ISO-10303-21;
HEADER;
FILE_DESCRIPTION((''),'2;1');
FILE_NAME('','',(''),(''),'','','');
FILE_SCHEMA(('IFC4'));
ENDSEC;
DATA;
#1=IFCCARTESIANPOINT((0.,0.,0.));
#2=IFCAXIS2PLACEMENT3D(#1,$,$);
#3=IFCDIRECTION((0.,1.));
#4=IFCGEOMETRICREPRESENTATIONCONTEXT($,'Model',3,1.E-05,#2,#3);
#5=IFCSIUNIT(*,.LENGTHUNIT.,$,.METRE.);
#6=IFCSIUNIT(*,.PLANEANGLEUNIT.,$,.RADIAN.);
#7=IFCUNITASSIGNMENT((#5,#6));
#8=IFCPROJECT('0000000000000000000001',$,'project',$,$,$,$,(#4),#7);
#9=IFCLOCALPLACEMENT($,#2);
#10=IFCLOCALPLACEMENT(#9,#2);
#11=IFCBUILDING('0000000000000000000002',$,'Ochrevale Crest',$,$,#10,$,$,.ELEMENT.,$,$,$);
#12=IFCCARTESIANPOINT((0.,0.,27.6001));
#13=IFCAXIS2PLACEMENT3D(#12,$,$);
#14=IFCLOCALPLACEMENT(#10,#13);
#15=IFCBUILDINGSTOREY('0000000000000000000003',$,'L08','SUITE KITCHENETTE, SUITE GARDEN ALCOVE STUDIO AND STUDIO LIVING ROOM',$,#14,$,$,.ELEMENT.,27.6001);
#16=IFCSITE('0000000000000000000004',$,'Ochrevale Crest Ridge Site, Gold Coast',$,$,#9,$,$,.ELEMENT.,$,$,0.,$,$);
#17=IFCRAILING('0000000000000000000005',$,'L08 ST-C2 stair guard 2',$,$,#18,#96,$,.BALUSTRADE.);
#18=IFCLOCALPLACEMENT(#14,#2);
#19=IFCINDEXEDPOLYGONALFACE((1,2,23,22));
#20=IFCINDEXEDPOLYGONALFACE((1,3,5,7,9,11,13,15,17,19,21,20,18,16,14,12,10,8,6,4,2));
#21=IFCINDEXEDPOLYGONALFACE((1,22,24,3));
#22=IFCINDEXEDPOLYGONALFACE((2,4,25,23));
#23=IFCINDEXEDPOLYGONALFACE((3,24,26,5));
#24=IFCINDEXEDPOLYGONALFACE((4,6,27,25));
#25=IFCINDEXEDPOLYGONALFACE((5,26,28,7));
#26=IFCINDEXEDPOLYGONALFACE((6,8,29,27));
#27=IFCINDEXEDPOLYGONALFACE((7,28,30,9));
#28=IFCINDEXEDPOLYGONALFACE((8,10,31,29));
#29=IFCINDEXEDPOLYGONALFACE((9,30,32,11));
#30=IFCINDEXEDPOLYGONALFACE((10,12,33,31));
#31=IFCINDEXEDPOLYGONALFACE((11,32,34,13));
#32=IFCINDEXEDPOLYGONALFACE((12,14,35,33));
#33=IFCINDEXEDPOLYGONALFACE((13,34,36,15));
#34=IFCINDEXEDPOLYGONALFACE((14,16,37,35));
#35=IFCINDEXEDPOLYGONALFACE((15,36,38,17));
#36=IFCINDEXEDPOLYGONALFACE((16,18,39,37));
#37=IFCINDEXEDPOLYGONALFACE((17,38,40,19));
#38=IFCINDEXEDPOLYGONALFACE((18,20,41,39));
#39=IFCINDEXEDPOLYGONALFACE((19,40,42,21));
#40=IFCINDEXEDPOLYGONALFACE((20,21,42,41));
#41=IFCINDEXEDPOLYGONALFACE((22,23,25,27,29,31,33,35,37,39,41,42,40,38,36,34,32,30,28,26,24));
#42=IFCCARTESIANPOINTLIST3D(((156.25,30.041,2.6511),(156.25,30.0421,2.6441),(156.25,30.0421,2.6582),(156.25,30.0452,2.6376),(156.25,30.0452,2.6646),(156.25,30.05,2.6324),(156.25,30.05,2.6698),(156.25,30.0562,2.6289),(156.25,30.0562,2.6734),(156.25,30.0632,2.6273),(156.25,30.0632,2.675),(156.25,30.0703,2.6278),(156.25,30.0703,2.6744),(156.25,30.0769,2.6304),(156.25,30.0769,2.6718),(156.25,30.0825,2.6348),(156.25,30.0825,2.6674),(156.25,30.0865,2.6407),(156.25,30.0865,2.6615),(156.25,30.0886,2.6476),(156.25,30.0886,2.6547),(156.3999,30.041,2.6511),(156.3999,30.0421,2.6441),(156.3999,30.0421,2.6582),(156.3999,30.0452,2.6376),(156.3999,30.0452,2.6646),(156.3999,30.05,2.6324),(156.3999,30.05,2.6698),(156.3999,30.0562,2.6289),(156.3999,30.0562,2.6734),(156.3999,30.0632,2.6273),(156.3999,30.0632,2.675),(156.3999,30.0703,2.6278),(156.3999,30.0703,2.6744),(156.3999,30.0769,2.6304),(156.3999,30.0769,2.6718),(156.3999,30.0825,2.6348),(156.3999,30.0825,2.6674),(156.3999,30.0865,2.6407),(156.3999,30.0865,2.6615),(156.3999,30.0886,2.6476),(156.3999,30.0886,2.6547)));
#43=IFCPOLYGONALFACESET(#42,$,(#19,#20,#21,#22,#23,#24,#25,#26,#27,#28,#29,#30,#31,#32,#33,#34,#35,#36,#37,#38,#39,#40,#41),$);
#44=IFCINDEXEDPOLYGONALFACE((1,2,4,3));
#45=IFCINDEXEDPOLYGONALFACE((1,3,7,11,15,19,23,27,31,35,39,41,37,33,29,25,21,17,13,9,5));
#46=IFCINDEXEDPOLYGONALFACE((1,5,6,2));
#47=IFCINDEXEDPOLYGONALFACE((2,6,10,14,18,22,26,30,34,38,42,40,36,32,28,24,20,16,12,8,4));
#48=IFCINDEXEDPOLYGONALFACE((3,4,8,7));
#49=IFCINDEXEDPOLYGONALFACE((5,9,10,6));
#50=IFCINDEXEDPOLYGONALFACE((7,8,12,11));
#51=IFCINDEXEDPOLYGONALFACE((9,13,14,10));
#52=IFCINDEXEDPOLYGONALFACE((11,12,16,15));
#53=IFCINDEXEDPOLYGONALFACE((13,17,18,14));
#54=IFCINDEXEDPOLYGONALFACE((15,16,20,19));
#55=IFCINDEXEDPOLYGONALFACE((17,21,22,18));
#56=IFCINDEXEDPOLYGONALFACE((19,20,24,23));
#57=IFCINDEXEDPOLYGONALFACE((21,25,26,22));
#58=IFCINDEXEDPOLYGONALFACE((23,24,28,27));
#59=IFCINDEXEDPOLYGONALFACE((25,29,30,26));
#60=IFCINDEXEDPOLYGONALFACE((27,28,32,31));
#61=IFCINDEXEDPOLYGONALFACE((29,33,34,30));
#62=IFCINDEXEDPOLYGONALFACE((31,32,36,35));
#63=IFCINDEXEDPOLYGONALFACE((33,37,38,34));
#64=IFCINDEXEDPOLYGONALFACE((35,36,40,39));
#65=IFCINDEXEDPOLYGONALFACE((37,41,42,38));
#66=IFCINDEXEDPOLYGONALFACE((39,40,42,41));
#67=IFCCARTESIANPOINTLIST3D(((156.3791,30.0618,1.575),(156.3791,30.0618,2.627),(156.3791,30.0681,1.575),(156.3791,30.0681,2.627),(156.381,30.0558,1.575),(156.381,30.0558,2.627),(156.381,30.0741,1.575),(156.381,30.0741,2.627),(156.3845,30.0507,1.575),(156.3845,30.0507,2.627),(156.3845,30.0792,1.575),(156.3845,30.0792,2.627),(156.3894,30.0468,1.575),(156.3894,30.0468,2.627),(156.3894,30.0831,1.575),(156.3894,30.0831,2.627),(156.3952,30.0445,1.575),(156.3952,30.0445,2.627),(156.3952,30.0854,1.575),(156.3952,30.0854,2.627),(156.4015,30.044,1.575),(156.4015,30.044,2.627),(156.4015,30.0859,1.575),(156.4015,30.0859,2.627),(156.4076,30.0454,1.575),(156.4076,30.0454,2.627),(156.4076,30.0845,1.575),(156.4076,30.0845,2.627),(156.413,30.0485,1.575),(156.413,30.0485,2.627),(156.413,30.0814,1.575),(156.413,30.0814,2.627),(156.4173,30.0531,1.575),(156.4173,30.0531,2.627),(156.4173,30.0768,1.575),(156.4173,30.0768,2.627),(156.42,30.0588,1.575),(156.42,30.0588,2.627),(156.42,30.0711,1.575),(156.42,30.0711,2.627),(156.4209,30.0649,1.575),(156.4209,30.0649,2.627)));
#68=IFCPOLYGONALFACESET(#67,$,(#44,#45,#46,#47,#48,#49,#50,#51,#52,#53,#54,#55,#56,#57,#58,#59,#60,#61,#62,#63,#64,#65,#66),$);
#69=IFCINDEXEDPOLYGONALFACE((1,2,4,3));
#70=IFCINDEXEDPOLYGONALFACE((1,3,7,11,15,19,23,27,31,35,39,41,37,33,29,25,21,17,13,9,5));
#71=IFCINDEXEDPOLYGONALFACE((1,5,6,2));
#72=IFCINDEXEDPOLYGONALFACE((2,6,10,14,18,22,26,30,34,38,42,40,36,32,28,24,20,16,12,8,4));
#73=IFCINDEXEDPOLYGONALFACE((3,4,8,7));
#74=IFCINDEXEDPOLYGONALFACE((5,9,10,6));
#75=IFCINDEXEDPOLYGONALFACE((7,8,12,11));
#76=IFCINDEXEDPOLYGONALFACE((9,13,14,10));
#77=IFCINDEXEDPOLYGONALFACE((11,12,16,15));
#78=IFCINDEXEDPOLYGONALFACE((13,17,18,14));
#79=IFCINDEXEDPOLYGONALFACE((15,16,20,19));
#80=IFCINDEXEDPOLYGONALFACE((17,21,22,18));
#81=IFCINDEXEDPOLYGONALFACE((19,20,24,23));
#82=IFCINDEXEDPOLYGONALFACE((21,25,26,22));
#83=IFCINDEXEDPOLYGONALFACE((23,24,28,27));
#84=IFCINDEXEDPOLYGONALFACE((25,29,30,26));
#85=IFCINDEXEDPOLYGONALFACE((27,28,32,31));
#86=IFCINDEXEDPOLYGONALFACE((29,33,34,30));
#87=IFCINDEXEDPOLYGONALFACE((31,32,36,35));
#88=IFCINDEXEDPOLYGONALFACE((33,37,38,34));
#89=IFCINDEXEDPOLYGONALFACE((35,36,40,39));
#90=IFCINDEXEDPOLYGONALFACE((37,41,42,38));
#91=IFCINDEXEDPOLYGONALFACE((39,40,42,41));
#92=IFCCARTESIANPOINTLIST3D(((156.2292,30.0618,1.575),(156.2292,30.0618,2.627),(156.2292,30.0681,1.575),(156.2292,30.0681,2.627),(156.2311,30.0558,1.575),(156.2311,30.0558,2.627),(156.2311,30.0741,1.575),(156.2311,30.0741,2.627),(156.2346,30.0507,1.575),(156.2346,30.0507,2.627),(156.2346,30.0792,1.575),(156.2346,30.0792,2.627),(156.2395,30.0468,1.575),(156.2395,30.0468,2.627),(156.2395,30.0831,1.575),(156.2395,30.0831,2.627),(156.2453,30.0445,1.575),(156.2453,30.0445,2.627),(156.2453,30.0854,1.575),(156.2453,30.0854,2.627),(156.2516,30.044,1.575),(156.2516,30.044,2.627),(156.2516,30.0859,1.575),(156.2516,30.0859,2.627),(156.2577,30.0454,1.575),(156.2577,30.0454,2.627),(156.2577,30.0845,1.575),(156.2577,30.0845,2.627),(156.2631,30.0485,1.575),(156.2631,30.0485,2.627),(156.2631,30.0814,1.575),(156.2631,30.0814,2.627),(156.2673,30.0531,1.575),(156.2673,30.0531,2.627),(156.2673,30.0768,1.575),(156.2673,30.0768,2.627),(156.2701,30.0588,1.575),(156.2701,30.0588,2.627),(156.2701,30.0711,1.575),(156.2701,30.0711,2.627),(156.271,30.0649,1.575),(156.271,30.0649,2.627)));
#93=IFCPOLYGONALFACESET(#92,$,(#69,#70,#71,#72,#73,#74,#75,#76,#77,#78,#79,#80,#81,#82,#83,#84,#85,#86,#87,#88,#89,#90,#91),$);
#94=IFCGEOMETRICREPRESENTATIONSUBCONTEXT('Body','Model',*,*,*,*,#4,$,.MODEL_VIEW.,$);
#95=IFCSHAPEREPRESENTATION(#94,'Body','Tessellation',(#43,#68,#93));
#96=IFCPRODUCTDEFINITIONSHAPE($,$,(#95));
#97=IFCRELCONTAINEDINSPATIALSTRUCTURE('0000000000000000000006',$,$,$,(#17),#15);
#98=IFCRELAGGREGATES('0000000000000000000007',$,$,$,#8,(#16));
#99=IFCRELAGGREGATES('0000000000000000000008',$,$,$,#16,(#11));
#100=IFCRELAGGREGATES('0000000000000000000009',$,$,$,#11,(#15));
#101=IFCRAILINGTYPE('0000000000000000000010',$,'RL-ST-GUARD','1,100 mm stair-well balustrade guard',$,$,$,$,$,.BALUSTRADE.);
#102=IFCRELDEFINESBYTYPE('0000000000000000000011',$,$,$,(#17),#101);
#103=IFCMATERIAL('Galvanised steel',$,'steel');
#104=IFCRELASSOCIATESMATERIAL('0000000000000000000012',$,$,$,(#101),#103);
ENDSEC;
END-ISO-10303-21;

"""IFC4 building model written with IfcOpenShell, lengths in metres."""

from ifc_helpers import new_model, si_unit, direction, frame, origin, origin_2d, place, context, subcontext, project, spatial, circle, extrude, material, type_object, element, save


model = new_model("IFC4")

# Units and contexts
model_context = context("Model", 3, precision=1e-05, world=origin(), true_north=direction((0.0, 1.0)))
body_context = subcontext(model_context, "Body", "Model", "MODEL_VIEW")
ifc_project = project(units=[si_unit("LENGTHUNIT", "METRE"), si_unit("PLANEANGLEUNIT", "RADIAN")], contexts=[model_context])

# Site, building, storey
site_placement = place(None, origin())
site = spatial("IfcSite", under=ifc_project, at=site_placement, Name="Ochrevale Crest Ridge Site, Gold Coast", CompositionType="ELEMENT", RefElevation=0.0)
building_placement = place(site_placement, origin())
building = spatial("IfcBuilding", under=site, at=building_placement, Name="Ochrevale Crest", CompositionType="ELEMENT")
storey_placement = place(building_placement, frame((0.0, 0.0, 27.6001)))
storey = spatial("IfcBuildingStorey", under=building, at=storey_placement, Name="L08", Description="SUITE KITCHENETTE, SUITE GARDEN ALCOVE STUDIO AND STUDIO LIVING ROOM", CompositionType="ELEMENT", Elevation=27.6001)

# Railing
ifc_material_1 = material(Name="Galvanised steel", Category="steel")
railing_type_1 = type_object("IfcRailingType", Name="RL-ST-GUARD", Description="1,100 mm stair-well balustrade guard", PredefinedType="BALUSTRADE", material=ifc_material_1)
railing_1_placement = place(storey_placement, frame((156.3999, 30.0649, 1.575)))
element("IfcRailing", 1, at=railing_1_placement, inside=storey, type_object=railing_type_1, Name="L08 ST-C2 stair guard 2", PredefinedType="BALUSTRADE", context=body_context, shape_type="SweptSolid", body=[
    extrude(circle(Radius=0.0239, at=origin_2d()), frame((0.0, 0.0, 1.0762), z_axis=(-1.0, 0.0, 0.0), x_axis=(0.0, -1.0, 0.0)), (0.0, 0.0, 1.0), 0.1499),
    extrude(circle(Radius=0.021, at=origin_2d()), origin(), (0.0, 0.0, 1.0), 1.052),
    extrude(circle(Radius=0.021, at=origin_2d()), frame((-0.1499, 0.0, 0.0)), (0.0, 0.0, 1.0), 1.052),
])

save(model, "model.ifc")
